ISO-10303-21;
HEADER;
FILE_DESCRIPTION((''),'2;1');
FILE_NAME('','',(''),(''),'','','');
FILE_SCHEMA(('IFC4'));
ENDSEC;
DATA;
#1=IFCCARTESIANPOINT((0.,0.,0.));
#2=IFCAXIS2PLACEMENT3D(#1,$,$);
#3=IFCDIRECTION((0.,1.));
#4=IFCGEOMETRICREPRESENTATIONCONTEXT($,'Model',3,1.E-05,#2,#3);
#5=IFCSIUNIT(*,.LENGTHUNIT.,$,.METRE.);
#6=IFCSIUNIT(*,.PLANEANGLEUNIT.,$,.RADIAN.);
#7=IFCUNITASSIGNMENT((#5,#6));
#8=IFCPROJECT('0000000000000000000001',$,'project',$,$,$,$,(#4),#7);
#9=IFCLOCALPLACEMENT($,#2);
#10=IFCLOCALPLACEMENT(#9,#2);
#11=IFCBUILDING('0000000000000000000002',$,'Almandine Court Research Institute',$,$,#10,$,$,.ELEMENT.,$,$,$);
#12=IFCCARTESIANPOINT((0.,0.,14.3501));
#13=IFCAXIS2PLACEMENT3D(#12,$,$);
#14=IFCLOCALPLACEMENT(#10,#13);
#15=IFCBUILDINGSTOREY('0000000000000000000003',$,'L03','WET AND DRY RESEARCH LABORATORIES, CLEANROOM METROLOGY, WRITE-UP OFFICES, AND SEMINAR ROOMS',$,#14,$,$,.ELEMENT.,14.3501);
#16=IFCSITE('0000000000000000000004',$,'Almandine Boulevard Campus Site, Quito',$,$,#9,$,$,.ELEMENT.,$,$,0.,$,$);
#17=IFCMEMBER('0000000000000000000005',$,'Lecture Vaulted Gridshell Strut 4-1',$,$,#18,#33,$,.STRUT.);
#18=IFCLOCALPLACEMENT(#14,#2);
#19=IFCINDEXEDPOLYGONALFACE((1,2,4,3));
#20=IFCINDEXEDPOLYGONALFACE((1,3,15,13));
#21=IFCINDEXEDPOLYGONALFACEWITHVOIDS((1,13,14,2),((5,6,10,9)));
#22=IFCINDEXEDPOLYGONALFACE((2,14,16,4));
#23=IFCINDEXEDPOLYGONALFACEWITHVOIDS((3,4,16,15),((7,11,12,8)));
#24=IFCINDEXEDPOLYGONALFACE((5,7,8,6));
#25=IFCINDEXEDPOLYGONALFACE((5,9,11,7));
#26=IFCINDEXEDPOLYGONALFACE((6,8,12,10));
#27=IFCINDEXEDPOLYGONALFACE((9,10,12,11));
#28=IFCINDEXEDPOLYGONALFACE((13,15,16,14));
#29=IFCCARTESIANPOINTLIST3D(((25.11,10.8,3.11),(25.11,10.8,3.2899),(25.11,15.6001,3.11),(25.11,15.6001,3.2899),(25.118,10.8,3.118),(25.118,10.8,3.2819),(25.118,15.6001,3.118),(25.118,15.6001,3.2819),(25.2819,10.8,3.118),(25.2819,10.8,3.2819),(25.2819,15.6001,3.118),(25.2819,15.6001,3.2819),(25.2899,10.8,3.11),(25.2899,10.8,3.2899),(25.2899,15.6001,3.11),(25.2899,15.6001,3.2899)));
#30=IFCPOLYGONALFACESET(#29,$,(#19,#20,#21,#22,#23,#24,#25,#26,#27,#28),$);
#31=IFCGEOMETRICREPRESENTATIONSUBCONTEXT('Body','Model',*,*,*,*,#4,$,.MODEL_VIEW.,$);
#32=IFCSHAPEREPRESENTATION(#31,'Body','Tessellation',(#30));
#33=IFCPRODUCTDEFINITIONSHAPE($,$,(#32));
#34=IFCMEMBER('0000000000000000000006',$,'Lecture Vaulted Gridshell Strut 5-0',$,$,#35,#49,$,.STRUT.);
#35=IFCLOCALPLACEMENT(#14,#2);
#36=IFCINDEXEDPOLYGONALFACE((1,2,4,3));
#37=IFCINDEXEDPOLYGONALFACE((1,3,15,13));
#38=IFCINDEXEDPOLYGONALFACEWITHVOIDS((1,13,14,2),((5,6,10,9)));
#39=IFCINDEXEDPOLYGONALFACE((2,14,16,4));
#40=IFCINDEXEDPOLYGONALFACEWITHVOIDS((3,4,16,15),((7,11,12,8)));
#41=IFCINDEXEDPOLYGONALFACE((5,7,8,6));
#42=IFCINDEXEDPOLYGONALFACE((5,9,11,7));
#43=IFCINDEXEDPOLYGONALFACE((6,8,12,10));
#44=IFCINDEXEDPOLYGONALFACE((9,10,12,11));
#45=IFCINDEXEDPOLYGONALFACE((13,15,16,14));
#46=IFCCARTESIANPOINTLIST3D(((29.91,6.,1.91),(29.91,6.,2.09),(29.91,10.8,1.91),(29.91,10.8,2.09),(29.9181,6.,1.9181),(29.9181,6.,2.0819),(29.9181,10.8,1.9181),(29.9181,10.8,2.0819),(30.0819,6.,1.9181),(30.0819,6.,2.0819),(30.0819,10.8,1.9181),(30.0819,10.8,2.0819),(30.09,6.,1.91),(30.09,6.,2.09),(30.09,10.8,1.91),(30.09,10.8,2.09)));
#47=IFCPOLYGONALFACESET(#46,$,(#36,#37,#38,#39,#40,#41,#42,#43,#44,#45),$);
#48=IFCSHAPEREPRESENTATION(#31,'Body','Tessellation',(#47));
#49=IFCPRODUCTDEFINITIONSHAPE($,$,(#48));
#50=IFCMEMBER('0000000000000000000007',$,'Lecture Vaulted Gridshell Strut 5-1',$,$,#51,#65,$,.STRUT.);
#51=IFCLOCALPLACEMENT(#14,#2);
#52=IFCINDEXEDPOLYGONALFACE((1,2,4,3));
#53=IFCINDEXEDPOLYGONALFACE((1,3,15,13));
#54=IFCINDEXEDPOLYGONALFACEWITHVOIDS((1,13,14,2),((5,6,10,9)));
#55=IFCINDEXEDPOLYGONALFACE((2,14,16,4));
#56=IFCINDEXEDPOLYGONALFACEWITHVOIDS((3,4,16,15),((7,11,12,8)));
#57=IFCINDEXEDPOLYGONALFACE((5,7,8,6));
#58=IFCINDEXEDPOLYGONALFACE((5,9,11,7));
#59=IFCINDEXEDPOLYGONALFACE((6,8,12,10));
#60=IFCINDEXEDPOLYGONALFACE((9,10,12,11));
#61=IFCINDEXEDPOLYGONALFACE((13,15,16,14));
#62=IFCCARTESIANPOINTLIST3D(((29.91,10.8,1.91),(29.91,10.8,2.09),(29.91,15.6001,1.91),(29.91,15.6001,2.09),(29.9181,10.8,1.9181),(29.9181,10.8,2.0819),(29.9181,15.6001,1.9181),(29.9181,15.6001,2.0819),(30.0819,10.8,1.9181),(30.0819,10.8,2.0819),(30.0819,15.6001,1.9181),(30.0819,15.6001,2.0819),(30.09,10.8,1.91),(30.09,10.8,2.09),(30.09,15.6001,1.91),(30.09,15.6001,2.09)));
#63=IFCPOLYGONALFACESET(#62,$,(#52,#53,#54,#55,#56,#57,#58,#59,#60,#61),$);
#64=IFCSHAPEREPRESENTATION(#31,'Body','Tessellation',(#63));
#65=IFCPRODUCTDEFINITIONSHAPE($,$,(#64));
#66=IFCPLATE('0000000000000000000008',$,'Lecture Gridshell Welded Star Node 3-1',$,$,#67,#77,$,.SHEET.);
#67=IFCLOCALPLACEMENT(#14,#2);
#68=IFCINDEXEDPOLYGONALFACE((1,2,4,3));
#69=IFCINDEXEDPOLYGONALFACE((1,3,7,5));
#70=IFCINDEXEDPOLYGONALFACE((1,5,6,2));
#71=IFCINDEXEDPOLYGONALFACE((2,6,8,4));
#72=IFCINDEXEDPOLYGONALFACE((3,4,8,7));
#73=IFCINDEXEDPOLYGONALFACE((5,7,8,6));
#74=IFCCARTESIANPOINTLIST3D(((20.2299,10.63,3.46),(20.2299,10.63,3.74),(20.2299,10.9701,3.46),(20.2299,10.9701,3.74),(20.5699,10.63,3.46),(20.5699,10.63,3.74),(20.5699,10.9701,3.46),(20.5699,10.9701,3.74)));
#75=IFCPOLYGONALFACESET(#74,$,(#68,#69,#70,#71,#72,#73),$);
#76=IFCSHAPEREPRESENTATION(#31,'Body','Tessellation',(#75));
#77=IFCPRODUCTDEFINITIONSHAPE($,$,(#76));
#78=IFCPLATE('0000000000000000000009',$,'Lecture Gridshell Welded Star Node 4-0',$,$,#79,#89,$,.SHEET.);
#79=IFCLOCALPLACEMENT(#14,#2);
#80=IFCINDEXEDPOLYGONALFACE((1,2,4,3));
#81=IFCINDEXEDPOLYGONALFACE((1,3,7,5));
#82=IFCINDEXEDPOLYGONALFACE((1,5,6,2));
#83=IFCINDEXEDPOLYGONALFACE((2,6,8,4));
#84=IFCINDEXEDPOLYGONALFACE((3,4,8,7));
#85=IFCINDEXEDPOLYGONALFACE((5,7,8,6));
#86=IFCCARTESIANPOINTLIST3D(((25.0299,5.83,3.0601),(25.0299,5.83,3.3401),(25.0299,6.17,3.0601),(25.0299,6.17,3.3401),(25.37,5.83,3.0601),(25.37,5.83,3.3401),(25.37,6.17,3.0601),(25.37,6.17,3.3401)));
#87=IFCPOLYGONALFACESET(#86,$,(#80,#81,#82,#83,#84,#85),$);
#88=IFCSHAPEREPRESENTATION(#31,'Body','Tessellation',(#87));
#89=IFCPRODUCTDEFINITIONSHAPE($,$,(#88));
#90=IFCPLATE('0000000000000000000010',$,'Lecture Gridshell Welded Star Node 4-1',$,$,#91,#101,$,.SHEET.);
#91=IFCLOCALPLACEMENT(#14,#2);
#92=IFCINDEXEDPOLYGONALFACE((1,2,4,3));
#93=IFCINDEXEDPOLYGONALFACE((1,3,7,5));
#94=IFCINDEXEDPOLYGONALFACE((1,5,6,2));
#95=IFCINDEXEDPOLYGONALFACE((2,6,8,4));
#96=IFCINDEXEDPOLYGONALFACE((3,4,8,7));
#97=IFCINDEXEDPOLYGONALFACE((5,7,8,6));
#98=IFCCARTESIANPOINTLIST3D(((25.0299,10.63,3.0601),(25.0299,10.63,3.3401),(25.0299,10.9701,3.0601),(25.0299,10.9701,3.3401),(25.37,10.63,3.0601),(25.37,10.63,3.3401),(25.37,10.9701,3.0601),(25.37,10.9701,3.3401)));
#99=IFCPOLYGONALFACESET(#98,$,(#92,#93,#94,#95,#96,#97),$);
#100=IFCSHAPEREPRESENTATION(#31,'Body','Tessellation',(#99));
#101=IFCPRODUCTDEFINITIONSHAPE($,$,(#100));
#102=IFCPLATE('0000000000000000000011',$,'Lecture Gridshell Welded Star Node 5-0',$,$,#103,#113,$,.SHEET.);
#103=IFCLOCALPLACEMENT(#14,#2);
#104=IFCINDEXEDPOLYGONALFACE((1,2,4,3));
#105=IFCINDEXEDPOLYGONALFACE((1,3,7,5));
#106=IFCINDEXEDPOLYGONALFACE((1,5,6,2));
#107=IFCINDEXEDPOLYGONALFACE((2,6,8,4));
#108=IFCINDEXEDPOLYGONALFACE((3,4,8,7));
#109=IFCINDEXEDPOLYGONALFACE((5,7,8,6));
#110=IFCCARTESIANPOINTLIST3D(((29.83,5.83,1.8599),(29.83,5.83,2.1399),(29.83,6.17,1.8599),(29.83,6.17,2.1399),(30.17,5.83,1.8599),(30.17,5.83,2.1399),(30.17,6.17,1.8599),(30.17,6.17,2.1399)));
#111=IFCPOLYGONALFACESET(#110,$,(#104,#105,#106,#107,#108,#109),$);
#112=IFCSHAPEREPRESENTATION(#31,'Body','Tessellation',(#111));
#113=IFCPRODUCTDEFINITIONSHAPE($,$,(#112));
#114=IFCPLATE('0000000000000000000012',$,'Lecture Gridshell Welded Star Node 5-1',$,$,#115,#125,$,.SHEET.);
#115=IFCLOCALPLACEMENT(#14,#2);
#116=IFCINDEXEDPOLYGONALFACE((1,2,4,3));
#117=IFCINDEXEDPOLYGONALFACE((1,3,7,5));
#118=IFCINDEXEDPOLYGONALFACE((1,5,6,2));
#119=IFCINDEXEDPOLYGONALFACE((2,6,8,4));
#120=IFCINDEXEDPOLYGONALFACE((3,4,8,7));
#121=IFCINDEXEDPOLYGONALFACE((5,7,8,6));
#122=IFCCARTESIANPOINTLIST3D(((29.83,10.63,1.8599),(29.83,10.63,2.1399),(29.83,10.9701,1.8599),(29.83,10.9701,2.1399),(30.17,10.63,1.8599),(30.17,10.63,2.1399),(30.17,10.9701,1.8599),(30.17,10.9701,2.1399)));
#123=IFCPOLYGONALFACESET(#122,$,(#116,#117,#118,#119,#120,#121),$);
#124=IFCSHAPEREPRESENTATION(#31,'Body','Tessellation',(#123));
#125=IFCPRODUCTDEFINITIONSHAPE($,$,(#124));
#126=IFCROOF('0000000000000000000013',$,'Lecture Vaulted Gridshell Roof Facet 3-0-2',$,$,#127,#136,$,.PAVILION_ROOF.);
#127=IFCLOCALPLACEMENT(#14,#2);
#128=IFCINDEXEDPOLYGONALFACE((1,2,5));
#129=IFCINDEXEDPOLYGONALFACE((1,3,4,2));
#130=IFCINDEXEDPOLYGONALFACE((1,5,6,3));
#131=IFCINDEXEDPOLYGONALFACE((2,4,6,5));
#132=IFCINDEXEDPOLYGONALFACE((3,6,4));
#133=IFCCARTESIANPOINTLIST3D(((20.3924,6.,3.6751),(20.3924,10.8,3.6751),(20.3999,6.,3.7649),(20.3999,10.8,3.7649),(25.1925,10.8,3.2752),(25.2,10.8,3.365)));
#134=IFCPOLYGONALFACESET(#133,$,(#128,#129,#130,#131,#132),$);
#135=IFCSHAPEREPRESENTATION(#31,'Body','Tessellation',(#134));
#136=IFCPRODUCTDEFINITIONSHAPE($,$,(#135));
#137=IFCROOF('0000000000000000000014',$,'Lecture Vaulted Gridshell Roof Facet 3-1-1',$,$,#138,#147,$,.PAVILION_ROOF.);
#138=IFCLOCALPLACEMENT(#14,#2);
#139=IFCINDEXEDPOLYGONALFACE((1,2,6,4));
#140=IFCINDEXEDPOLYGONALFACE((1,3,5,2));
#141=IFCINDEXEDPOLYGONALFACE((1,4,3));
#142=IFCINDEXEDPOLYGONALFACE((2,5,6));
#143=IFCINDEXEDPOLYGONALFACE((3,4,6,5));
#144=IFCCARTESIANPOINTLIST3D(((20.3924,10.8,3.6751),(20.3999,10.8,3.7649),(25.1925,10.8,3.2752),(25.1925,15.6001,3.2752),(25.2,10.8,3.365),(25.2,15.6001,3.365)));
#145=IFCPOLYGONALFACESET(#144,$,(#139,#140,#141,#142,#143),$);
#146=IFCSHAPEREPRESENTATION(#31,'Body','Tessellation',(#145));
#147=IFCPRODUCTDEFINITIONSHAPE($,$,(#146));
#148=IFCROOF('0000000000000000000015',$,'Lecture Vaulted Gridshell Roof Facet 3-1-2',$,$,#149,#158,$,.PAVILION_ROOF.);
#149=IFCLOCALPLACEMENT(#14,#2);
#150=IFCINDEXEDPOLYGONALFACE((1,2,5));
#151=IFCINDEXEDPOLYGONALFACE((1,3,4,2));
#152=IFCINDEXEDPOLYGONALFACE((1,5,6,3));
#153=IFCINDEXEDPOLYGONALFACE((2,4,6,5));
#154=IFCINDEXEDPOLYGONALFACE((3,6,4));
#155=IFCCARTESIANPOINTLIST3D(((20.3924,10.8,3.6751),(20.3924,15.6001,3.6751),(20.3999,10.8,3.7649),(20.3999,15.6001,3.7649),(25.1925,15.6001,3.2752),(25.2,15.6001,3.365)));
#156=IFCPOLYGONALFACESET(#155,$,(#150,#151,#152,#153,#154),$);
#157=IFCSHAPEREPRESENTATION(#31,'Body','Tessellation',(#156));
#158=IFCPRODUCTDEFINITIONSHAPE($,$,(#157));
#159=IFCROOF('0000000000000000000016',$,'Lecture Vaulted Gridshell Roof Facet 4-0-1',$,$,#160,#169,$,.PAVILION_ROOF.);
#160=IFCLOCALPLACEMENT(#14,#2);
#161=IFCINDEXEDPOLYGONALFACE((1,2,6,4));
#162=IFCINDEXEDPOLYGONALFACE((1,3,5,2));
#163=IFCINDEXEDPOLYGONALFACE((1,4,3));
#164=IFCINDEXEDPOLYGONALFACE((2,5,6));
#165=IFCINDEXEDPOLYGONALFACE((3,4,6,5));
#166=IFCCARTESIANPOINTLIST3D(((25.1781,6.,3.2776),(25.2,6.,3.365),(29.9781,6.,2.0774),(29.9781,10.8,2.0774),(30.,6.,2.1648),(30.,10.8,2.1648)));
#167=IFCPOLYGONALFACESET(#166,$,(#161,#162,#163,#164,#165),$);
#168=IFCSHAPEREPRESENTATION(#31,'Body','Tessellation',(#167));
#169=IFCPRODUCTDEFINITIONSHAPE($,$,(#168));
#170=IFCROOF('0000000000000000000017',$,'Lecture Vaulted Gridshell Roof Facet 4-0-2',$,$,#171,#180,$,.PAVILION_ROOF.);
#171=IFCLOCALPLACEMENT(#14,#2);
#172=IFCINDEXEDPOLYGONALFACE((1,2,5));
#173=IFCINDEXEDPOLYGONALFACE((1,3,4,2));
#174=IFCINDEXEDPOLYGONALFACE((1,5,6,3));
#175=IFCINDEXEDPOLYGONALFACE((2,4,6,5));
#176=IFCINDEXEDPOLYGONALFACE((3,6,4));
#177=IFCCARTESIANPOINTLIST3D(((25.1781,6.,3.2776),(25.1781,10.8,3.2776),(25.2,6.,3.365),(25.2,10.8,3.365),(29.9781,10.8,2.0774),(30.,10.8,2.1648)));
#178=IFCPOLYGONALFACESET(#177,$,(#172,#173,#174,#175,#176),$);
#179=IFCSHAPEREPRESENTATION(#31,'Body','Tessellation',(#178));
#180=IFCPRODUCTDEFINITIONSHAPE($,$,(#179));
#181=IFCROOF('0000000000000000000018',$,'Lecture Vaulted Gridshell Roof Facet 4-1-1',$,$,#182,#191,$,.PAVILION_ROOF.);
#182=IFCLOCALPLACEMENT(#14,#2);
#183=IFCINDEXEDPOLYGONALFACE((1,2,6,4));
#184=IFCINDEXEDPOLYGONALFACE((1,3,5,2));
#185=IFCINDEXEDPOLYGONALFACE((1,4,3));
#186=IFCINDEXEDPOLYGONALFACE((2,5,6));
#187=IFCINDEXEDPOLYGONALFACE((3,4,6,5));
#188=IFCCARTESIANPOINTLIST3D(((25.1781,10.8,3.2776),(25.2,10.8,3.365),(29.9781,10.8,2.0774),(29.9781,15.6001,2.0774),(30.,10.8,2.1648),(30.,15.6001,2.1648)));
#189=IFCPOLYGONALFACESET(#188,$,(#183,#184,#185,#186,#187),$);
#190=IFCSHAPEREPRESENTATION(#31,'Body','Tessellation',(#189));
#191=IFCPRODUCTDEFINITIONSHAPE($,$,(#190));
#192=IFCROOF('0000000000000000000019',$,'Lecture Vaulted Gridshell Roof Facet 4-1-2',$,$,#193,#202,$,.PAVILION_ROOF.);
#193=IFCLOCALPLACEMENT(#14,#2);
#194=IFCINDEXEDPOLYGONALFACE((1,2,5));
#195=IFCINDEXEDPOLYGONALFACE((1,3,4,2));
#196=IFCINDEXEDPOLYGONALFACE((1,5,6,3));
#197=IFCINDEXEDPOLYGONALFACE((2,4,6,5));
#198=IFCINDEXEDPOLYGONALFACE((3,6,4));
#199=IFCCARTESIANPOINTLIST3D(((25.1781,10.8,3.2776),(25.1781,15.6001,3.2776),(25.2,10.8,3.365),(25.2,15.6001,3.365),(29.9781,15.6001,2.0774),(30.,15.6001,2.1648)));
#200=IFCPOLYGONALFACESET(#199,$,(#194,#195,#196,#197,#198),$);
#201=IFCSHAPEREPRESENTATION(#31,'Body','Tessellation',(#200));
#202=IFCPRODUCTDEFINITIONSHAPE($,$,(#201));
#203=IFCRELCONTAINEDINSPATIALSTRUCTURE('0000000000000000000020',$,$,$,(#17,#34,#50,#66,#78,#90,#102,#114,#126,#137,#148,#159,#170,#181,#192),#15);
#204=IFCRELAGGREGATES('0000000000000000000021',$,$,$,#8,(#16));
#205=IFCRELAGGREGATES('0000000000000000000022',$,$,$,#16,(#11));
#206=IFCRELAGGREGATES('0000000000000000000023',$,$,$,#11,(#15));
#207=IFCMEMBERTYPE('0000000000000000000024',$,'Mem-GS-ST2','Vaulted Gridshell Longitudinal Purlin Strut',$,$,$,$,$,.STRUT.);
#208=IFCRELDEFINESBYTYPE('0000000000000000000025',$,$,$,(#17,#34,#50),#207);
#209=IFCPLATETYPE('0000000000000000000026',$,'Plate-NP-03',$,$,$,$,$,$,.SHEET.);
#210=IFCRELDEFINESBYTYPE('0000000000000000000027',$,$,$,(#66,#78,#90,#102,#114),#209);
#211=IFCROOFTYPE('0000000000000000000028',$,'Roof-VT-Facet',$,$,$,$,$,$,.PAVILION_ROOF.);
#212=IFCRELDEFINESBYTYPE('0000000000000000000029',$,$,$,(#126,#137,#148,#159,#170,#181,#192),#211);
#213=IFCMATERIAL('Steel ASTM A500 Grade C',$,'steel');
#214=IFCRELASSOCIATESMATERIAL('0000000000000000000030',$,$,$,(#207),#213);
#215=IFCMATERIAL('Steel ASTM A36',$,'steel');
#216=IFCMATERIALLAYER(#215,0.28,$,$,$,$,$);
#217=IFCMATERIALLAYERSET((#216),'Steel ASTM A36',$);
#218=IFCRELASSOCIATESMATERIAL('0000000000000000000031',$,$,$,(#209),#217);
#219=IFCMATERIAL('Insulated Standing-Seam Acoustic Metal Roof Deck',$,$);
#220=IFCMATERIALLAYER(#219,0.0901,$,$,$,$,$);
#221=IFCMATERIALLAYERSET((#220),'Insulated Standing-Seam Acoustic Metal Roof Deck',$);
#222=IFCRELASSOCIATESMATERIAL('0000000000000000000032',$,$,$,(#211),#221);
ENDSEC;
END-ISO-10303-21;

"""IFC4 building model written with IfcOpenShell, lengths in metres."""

from ifc_helpers import new_model, si_unit, direction, frame, origin, origin_2d, place, context, subcontext, project, spatial, polyline, rectangle, hollow_rectangle, outline, extrude, material, layer, layer_set, material_profile, profile_set, type_object, element, save


model = new_model("IFC4")

# Units and contexts
model_context = context("Model", 3, precision=1e-05, world=origin(), true_north=direction((0.0, 1.0)))
body_context = subcontext(model_context, "Body", "Model", "MODEL_VIEW")
ifc_project = project(units=[si_unit("LENGTHUNIT", "METRE"), si_unit("PLANEANGLEUNIT", "RADIAN")], contexts=[model_context])

# Site, building, storey
site_placement = place(None, origin())
site = spatial("IfcSite", under=ifc_project, at=site_placement, Name="Almandine Boulevard Campus Site, Quito", CompositionType="ELEMENT", RefElevation=0.0)
building_placement = place(site_placement, origin())
building = spatial("IfcBuilding", under=site, at=building_placement, Name="Almandine Court Research Institute", CompositionType="ELEMENT")
storey_placement = place(building_placement, frame((0.0, 0.0, 14.3501)))
storey = spatial("IfcBuildingStorey", under=building, at=storey_placement, Name="L03", Description="WET AND DRY RESEARCH LABORATORIES, CLEANROOM METROLOGY, WRITE-UP OFFICES, AND SEMINAR ROOMS", CompositionType="ELEMENT", Elevation=14.3501)

# Members
ifc_material_1 = material(Name="Steel ASTM A500 Grade C", Category="steel")
ifc_material_profile_1 = material_profile(ifc_material_1, hollow_rectangle(XDim=0.1799, YDim=0.1799, WallThickness=0.0081, at=origin_2d()), Name="HSS 180x180x8")
ifc_profile_set_1 = profile_set([ifc_material_profile_1], Name="Steel ASTM A500 Grade C")
member_type_1 = type_object("IfcMemberType", Name="Mem-GS-ST2", Description="Vaulted Gridshell Longitudinal Purlin Strut", PredefinedType="STRUT", material=ifc_profile_set_1)
for number, where, z_axis, x_axis, name in (
    (1, (25.2, 10.8, 3.2), (0.0, 1.0, 0.0), (-1.0, 0.0, 0.0), "Lecture Vaulted Gridshell Strut 4-1"),
    (2, (30.0, 6.0, 2.0), (0.0, 1.0, 0.0), (-1.0, 0.0, 0.0), "Lecture Vaulted Gridshell Strut 5-0"),
    (3, (30.0, 10.8, 2.0), (0.0, 1.0, 0.0), (-1.0, 0.0, 0.0), "Lecture Vaulted Gridshell Strut 5-1"),
):
    element("IfcMember", number, at=place(storey_placement, frame(where, z_axis=z_axis, x_axis=x_axis)), inside=storey, type_object=member_type_1, Name=name, PredefinedType="STRUT", context=body_context, shape_type="SweptSolid", body=[
        extrude(hollow_rectangle(XDim=0.1799, YDim=0.1799, WallThickness=0.0081, at=origin_2d()), origin(), (0.0, 0.0, 1.0), 4.8),
    ])

# Plates
ifc_material_2 = material(Name="Steel ASTM A36", Category="steel")
ifc_layer_1 = layer(ifc_material_2, 0.28)
ifc_layer_set_1 = layer_set([ifc_layer_1], Name="Steel ASTM A36")
plate_type = type_object("IfcPlateType", Name="Plate-NP-03", PredefinedType="SHEET", material=ifc_layer_set_1)
for number, where, z_axis, x_axis, name in (
    (4, (20.3999, 10.8, 3.46), (0.0, 0.0, 1.0), (1.0, 0.0, 0.0), "Lecture Gridshell Welded Star Node 3-1"),
    (5, (25.2, 6.0, 3.0601), (0.0, 0.0, 1.0), (1.0, 0.0, 0.0), "Lecture Gridshell Welded Star Node 4-0"),
    (6, (25.2, 10.8, 3.0601), (0.0, 0.0, 1.0), (1.0, 0.0, 0.0), "Lecture Gridshell Welded Star Node 4-1"),
    (7, (30.0, 6.0, 1.8599), (0.0, 0.0, 1.0), (1.0, 0.0, 0.0), "Lecture Gridshell Welded Star Node 5-0"),
    (8, (30.0, 10.8, 1.8599), (0.0, 0.0, 1.0), (1.0, 0.0, 0.0), "Lecture Gridshell Welded Star Node 5-1"),
):
    element("IfcPlate", number, at=place(storey_placement, frame(where, z_axis=z_axis, x_axis=x_axis)), inside=storey, type_object=plate_type, Name=name, PredefinedType="SHEET", context=body_context, shape_type="SweptSolid", body=[
        extrude(rectangle(XDim=0.3401, YDim=0.3401, at=origin_2d()), origin(), (0.0, 0.0, 1.0), 0.28),
    ])

# Roofs
ifc_material_3 = material(Name="Insulated Standing-Seam Acoustic Metal Roof Deck")
ifc_layer_2 = layer(ifc_material_3, 0.0901)
ifc_layer_set_2 = layer_set([ifc_layer_2], Name="Insulated Standing-Seam Acoustic Metal Roof Deck")
roof_type = type_object("IfcRoofType", Name="Roof-VT-Facet", PredefinedType="PAVILION_ROOF", material=ifc_layer_set_2)
roof_1_placement = place(storey_placement, frame((20.3999, 6.0, 3.7649), z_axis=(0.083025, 0.0, 0.996548), x_axis=(0.705883, 0.705883, -0.058809)))
element("IfcRoof", 9, at=roof_1_placement, inside=storey, type_object=roof_type, Name="Lecture Vaulted Gridshell Roof Facet 3-0-2", PredefinedType="PAVILION_ROOF", context=body_context, shape_type="SweptSolid", body=[
    extrude(outline(polyline([(0.0, 0.0), (6.8001, 0.0), (3.3883, 3.4), (0.0, 0.0)])), origin(), (0.0, 0.0, -1.0), 0.0901),
])
roof_2_placement = place(storey_placement, frame((20.3999, 10.8, 3.7649), z_axis=(0.083025, 0.0, 0.996548), x_axis=(0.996548, 0.0, -0.083025)))
element("IfcRoof", 10, at=roof_2_placement, inside=storey, type_object=roof_type, Name="Lecture Vaulted Gridshell Roof Facet 3-1-1", PredefinedType="PAVILION_ROOF", context=body_context, shape_type="SweptSolid", body=[
    extrude(outline(polyline([(0.0, 0.0), (4.8167, 0.0), (4.8167, 4.8), (0.0, 0.0)])), origin(), (0.0, 0.0, -1.0), 0.0901),
])
roof_3_placement = place(storey_placement, frame((20.3999, 10.8, 3.7649), z_axis=(0.083025, 0.0, 0.996548), x_axis=(0.705883, 0.705883, -0.058809)))
element("IfcRoof", 11, at=roof_3_placement, inside=storey, type_object=roof_type, Name="Lecture Vaulted Gridshell Roof Facet 3-1-2", PredefinedType="PAVILION_ROOF", context=body_context, shape_type="SweptSolid", body=[
    extrude(outline(polyline([(0.0, 0.0), (6.8001, 0.0), (3.3883, 3.4), (0.0, 0.0)])), origin(), (0.0, 0.0, -1.0), 0.0901),
])
roof_4_placement = place(storey_placement, frame((25.2, 6.0, 3.365), z_axis=(0.24257, 0.0, 0.970134), x_axis=(0.970134, 0.0, -0.24257)))
element("IfcRoof", 12, at=roof_4_placement, inside=storey, type_object=roof_type, Name="Lecture Vaulted Gridshell Roof Facet 4-0-1", PredefinedType="PAVILION_ROOF", context=body_context, shape_type="SweptSolid", body=[
    extrude(outline(polyline([(0.0, 0.0), (4.9478, 0.0), (4.9478, 4.8), (0.0, 0.0)])), origin(), (0.0, 0.0, -1.0), 0.0901),
])
roof_5_placement = place(storey_placement, frame((25.2, 6.0, 3.365), z_axis=(0.24257, 0.0, 0.970134), x_axis=(0.696307, 0.696307, -0.174103)))
element("IfcRoof", 13, at=roof_5_placement, inside=storey, type_object=roof_type, Name="Lecture Vaulted Gridshell Roof Facet 4-0-2", PredefinedType="PAVILION_ROOF", context=body_context, shape_type="SweptSolid", body=[
    extrude(outline(polyline([(0.0, 0.0), (6.8936, 0.0), (3.3423, 3.4452), (0.0, 0.0)])), origin(), (0.0, 0.0, -1.0), 0.0901),
])
roof_6_placement = place(storey_placement, frame((25.2, 10.8, 3.365), z_axis=(0.24257, 0.0, 0.970134), x_axis=(0.970134, 0.0, -0.24257)))
element("IfcRoof", 14, at=roof_6_placement, inside=storey, type_object=roof_type, Name="Lecture Vaulted Gridshell Roof Facet 4-1-1", PredefinedType="PAVILION_ROOF", context=body_context, shape_type="SweptSolid", body=[
    extrude(outline(polyline([(0.0, 0.0), (4.9478, 0.0), (4.9478, 4.8), (0.0, 0.0)])), origin(), (0.0, 0.0, -1.0), 0.0901),
])
roof_7_placement = place(storey_placement, frame((25.2, 10.8, 3.365), z_axis=(0.24257, 0.0, 0.970134), x_axis=(0.696307, 0.696307, -0.174103)))
element("IfcRoof", 15, at=roof_7_placement, inside=storey, type_object=roof_type, Name="Lecture Vaulted Gridshell Roof Facet 4-1-2", PredefinedType="PAVILION_ROOF", context=body_context, shape_type="SweptSolid", body=[
    extrude(outline(polyline([(0.0, 0.0), (6.8936, 0.0), (3.3423, 3.4452), (0.0, 0.0)])), origin(), (0.0, 0.0, -1.0), 0.0901),
])

save(model, "model.ifc")
